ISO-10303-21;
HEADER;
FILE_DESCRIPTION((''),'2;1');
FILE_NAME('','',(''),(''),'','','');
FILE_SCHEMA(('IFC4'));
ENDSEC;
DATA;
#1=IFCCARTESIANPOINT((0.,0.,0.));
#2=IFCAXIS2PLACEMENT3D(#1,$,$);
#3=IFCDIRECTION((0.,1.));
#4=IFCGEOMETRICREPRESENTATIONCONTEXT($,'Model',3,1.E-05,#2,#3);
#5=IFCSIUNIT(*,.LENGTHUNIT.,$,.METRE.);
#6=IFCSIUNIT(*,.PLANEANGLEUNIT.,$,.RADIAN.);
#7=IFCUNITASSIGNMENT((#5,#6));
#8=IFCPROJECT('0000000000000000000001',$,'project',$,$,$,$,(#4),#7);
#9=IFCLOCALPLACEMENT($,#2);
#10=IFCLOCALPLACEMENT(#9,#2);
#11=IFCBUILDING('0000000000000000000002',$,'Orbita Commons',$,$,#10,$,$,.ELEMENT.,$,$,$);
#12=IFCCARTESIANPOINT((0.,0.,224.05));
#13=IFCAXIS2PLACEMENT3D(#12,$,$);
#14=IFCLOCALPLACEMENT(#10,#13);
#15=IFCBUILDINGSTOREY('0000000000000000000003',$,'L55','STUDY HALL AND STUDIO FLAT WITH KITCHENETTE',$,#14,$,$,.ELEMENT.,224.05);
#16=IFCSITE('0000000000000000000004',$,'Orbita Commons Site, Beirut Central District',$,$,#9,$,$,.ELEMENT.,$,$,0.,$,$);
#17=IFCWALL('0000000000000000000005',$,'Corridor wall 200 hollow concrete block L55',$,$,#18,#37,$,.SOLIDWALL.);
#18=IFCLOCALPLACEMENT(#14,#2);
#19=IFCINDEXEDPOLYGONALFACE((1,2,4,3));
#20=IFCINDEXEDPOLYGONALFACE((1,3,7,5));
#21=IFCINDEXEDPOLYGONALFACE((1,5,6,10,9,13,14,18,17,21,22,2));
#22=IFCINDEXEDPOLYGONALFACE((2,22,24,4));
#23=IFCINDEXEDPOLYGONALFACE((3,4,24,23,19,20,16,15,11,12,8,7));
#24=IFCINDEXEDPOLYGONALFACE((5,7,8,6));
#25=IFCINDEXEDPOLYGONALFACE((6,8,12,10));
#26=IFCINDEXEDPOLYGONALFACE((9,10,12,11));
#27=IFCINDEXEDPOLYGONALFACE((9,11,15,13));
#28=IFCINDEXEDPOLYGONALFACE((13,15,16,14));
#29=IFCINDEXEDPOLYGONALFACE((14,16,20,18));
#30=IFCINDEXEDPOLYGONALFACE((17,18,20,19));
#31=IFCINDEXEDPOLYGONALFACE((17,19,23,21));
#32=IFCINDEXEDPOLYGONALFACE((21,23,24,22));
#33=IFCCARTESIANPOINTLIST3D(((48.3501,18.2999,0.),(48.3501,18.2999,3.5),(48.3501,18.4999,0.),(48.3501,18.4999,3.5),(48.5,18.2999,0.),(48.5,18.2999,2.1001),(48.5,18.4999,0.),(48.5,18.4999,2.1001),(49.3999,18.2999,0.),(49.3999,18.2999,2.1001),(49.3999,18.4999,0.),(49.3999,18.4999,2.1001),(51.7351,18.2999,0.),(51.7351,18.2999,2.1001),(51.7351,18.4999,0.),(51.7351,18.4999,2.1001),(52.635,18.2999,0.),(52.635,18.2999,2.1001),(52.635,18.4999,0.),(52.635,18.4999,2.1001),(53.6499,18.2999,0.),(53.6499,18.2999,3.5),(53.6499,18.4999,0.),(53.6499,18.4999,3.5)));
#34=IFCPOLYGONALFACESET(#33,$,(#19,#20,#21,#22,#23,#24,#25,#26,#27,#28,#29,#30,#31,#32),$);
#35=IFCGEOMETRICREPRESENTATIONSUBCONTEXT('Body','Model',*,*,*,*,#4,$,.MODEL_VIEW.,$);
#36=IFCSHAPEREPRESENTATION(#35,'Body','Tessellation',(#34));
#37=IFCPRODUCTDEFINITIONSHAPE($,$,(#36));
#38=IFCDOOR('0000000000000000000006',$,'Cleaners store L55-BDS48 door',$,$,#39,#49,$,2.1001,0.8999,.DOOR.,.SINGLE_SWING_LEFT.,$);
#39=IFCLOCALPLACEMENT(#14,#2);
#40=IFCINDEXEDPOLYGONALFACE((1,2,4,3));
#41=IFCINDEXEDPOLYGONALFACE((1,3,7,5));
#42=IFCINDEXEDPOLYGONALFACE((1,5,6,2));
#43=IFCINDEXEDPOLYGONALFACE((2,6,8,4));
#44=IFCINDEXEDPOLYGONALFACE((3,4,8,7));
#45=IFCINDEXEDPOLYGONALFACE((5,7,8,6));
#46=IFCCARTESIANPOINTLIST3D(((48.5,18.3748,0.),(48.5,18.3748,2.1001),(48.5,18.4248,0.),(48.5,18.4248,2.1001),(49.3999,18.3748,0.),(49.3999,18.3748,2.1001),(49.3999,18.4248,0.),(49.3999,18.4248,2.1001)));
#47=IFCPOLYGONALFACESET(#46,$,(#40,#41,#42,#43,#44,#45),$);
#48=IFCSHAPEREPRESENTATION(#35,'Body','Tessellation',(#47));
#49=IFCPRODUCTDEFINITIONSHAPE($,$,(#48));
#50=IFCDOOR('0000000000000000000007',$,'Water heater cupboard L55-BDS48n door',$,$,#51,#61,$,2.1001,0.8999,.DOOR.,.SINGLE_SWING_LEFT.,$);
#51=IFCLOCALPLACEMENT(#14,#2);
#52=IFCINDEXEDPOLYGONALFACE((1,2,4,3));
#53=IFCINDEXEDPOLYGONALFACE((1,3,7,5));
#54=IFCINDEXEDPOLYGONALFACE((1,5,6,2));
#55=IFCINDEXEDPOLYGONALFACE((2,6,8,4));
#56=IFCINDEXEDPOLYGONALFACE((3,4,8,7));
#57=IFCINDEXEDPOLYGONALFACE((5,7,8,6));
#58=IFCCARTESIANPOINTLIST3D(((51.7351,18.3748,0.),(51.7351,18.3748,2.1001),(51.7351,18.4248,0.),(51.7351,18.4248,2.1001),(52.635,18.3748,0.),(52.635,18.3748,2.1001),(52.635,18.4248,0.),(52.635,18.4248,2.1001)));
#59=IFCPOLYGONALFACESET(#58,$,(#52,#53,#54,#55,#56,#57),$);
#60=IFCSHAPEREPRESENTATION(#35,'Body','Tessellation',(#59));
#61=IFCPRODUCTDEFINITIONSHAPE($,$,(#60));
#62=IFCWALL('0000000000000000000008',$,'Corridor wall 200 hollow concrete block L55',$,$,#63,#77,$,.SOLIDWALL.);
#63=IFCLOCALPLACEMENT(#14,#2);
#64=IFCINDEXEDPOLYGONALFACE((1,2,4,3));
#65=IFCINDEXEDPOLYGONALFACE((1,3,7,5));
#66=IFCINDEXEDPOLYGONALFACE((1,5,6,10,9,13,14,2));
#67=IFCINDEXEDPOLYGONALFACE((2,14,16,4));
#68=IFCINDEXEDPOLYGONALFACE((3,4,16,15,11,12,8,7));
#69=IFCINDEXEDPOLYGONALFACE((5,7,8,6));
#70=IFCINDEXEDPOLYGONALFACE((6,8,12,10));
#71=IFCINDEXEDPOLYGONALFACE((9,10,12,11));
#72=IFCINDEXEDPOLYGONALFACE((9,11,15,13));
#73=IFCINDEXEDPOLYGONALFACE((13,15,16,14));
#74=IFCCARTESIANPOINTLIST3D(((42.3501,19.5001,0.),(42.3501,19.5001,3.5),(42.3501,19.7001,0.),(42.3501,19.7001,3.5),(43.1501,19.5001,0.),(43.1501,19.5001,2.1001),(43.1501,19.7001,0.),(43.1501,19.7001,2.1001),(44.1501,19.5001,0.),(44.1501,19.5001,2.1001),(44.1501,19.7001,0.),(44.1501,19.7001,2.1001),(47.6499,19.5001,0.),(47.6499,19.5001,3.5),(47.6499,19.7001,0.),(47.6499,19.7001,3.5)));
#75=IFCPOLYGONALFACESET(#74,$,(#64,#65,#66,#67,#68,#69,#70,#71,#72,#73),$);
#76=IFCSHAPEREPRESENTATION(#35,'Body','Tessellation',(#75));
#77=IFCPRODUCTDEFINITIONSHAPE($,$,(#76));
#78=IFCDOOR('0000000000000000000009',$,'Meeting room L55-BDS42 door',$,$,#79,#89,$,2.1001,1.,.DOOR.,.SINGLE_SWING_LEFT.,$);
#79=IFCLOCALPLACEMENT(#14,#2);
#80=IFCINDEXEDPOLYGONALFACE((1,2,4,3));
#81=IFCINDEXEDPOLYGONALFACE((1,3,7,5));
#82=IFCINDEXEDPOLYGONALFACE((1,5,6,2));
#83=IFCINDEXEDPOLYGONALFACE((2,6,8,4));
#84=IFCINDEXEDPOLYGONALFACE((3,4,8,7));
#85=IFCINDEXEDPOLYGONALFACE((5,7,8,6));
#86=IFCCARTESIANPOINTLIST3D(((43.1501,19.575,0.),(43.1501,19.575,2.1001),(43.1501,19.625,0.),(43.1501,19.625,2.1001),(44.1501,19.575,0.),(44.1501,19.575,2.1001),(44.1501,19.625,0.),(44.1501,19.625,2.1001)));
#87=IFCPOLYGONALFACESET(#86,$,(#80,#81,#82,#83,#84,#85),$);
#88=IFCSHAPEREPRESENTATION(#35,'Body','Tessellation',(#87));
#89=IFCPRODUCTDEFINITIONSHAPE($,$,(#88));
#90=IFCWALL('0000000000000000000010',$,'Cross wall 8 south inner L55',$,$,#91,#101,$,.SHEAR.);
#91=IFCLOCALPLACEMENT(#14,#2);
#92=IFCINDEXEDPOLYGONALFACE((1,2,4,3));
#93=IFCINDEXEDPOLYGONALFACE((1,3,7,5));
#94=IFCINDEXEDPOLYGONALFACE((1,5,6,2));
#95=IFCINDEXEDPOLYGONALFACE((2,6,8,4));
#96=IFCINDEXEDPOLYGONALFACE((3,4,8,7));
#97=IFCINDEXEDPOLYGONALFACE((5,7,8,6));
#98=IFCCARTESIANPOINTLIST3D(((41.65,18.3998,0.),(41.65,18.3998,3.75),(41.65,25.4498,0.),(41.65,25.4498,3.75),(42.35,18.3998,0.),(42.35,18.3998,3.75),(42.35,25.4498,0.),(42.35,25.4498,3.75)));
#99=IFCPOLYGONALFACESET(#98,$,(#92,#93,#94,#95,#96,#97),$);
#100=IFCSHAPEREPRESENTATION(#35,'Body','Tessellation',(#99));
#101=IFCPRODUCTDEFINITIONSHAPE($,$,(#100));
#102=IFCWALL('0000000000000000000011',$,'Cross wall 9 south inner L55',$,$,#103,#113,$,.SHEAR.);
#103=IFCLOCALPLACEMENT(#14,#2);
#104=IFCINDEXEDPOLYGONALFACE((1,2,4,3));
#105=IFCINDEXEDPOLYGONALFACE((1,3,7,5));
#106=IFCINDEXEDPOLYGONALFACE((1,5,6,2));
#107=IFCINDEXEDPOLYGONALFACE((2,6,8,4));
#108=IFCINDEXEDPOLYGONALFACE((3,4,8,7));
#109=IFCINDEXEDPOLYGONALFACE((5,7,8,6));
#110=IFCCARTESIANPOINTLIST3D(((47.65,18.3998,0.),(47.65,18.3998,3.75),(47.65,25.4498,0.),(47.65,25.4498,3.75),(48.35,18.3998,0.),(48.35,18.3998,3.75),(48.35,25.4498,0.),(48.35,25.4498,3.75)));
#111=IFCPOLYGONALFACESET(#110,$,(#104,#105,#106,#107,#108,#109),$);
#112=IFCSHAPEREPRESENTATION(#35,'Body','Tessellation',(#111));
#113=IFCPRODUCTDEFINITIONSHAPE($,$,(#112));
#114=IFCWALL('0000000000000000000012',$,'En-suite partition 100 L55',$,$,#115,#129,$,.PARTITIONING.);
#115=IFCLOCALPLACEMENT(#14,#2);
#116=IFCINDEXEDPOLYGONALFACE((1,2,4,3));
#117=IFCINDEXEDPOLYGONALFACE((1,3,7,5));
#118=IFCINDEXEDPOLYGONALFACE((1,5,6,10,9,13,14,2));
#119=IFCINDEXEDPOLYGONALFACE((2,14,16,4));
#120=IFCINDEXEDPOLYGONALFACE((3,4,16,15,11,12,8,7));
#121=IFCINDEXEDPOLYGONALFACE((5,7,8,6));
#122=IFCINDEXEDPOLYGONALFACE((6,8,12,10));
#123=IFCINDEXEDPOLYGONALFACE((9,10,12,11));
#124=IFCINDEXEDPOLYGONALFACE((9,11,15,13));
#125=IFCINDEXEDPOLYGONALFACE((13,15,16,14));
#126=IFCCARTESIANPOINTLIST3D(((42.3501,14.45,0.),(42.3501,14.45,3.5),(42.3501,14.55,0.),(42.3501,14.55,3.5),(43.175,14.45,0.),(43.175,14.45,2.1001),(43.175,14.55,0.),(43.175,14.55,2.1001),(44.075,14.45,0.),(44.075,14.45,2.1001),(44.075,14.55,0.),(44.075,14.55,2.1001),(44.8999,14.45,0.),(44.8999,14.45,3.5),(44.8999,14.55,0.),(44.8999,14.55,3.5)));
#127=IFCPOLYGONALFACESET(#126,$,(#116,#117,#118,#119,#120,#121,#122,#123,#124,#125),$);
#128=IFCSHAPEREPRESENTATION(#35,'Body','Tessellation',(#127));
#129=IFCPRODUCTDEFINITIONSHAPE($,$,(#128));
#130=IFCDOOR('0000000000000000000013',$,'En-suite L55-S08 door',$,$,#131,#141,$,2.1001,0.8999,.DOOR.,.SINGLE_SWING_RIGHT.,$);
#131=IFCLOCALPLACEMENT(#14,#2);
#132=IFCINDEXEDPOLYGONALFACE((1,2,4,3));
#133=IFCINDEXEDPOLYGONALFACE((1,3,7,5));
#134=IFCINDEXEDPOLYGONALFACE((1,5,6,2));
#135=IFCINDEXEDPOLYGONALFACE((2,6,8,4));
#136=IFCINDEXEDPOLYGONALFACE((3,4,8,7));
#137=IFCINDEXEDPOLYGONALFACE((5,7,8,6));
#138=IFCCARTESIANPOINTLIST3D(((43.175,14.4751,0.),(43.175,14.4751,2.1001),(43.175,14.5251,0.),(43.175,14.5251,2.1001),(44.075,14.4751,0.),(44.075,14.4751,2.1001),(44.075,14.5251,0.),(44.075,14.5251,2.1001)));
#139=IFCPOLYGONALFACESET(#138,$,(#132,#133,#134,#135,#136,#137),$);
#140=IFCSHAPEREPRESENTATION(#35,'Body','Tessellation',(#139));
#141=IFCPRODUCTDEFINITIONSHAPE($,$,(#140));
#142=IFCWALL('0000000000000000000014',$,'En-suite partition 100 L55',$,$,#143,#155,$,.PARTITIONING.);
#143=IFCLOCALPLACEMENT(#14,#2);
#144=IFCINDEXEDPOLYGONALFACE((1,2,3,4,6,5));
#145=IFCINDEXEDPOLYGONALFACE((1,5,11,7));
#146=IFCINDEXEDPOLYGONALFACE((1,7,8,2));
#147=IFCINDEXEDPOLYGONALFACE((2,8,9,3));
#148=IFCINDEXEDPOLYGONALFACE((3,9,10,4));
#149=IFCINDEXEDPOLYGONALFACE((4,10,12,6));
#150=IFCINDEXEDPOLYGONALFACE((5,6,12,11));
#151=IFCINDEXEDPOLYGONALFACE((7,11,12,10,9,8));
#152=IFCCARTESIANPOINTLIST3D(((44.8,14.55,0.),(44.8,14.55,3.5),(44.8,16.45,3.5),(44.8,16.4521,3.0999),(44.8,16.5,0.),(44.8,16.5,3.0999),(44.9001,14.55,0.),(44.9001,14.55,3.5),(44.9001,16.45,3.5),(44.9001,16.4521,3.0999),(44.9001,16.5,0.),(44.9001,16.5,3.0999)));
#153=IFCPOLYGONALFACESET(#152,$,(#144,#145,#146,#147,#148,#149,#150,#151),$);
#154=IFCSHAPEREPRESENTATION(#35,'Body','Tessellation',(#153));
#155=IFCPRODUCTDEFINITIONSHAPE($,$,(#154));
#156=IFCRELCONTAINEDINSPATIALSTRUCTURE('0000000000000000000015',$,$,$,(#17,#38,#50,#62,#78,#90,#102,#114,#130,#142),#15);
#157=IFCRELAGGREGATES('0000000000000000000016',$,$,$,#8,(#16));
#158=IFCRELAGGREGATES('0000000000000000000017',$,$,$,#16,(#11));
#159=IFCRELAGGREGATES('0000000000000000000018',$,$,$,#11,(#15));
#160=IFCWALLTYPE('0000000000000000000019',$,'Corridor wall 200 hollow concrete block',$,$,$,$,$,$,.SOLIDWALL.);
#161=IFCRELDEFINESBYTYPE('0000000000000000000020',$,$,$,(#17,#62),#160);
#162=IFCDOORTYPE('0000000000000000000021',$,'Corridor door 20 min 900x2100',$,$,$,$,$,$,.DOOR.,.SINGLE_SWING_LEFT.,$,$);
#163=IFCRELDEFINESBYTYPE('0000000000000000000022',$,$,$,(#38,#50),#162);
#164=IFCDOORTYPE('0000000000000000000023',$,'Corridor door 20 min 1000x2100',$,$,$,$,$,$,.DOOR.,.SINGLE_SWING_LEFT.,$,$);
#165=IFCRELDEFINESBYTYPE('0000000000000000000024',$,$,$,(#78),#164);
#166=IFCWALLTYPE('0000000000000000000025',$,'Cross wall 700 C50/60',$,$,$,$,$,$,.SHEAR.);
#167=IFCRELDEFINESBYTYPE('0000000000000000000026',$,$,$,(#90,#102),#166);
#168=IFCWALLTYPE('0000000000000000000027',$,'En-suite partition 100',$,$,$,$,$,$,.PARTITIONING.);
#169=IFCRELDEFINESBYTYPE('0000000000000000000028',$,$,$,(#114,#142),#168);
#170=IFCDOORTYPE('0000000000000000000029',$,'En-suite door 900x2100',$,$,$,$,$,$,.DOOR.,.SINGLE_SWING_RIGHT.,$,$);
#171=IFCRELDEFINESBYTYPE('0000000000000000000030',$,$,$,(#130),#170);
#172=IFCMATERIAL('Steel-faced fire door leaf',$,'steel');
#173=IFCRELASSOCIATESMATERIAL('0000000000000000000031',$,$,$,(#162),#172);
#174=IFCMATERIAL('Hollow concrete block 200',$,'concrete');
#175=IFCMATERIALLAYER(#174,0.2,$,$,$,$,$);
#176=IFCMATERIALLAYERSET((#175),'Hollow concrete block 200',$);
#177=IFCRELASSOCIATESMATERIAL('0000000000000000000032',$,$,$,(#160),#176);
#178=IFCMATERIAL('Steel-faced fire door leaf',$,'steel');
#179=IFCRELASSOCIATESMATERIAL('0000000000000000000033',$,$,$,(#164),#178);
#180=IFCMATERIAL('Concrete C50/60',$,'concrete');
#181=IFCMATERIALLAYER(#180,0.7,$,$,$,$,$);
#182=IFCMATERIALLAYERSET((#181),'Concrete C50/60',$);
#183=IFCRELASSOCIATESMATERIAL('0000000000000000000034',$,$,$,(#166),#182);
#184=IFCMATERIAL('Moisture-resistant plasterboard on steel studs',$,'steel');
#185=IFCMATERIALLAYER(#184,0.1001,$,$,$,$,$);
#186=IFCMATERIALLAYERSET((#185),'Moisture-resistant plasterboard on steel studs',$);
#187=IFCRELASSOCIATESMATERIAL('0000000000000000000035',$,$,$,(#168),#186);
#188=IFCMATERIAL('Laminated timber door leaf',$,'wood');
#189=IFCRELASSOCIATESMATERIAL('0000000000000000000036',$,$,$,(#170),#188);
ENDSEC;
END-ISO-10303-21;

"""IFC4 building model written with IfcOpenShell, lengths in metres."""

from ifc_helpers import new_model, si_unit, direction, frame, frame_2d, origin, place, context, subcontext, project, spatial, polyline, rectangle, outline, extrude, material, layer, layer_set, type_object, element, fill, save


model = new_model("IFC4")

# Units and contexts
model_context = context("Model", 3, precision=1e-05, world=origin(), true_north=direction((0.0, 1.0)))
body_context = subcontext(model_context, "Body", "Model", "MODEL_VIEW")
ifc_project = project(units=[si_unit("LENGTHUNIT", "METRE"), si_unit("PLANEANGLEUNIT", "RADIAN")], contexts=[model_context])

# Site, building, storey
site_placement = place(None, origin())
site = spatial("IfcSite", under=ifc_project, at=site_placement, Name="Orbita Commons Site, Beirut Central District", CompositionType="ELEMENT", RefElevation=0.0)
building_placement = place(site_placement, origin())
building = spatial("IfcBuilding", under=site, at=building_placement, Name="Orbita Commons", CompositionType="ELEMENT")
storey_placement = place(building_placement, frame((0.0, 0.0, 224.05)))
storey = spatial("IfcBuildingStorey", under=building, at=storey_placement, Name="L55", Description="STUDY HALL AND STUDIO FLAT WITH KITCHENETTE", CompositionType="ELEMENT", Elevation=224.05)

# Shared definitions
ifc_material_1 = material(Name="Steel-faced fire door leaf", Category="steel")
door_type_1 = type_object("IfcDoorType", Name="Corridor door 20 min 900x2100", OperationType="SINGLE_SWING_LEFT", PredefinedType="DOOR", material=ifc_material_1)

# Wall, openings, doors
ifc_material_2 = material(Name="Hollow concrete block 200", Category="concrete")
ifc_layer_1 = layer(ifc_material_2, 0.2)
ifc_layer_set_1 = layer_set([ifc_layer_1], Name="Hollow concrete block 200")
wall_type_1 = type_object("IfcWallType", Name="Corridor wall 200 hollow concrete block", PredefinedType="SOLIDWALL", material=ifc_layer_set_1)
wall_1_placement = place(storey_placement, frame((48.3501, 18.3999, 0.0), z_axis=(0.0, 0.0, 1.0), x_axis=(1.0, 0.0, 0.0)))
wall_1 = element("IfcWall", 1, at=wall_1_placement, inside=storey, type_object=wall_type_1, Name="Corridor wall 200 hollow concrete block L55", PredefinedType="SOLIDWALL", context=body_context, shape_type="SweptSolid", body=[
    extrude(rectangle(XDim=5.2998, YDim=0.2, at=frame_2d((2.6499, 0.0))), origin(), (0.0, 0.0, 1.0), 3.5),
])
opening_1_placement = place(wall_1_placement, frame((0.1499, 0.0, 0.0)))
opening_1 = element("IfcOpeningElement", 2, at=opening_1_placement, cuts=wall_1, PredefinedType="OPENING", context=body_context, shape_type="SweptSolid", body=[
    extrude(rectangle(XDim=0.8999, YDim=2.1001, at=frame_2d((0.45, 1.05))), frame((0.0, 0.1099, 0.0), z_axis=(0.0, -1.0, 0.0), x_axis=(1.0, 0.0, 0.0)), (0.0, 0.0, 1.0), 0.22),
])
opening_2_placement = place(wall_1_placement, frame((3.385, 0.0, 0.0)))
opening_2 = element("IfcOpeningElement", 3, at=opening_2_placement, cuts=wall_1, PredefinedType="OPENING", context=body_context, shape_type="SweptSolid", body=[
    extrude(rectangle(XDim=0.8999, YDim=2.1001, at=frame_2d((0.45, 1.05))), frame((0.0, 0.1099, 0.0), z_axis=(0.0, -1.0, 0.0), x_axis=(1.0, 0.0, 0.0)), (0.0, 0.0, 1.0), 0.22),
])
door_1_placement = place(opening_1_placement, origin())
door_1 = element("IfcDoor", 4, at=door_1_placement, inside=storey, type_object=door_type_1, Name="Cleaners store L55-BDS48 door", OperationType="SINGLE_SWING_LEFT", OverallHeight=2.1001, OverallWidth=0.8999, PredefinedType="DOOR", context=body_context, shape_type="SweptSolid", body=[
    extrude(rectangle(XDim=0.8999, YDim=2.1001, at=frame_2d((0.45, 1.05))), frame((0.0, 0.0249, 0.0), z_axis=(0.0, -1.0, 0.0), x_axis=(1.0, 0.0, 0.0)), (0.0, 0.0, 1.0), 0.05),
])
fill(opening_1, door_1)
door_2_placement = place(opening_2_placement, origin())
door_2 = element("IfcDoor", 5, at=door_2_placement, inside=storey, type_object=door_type_1, Name="Water heater cupboard L55-BDS48n door", OperationType="SINGLE_SWING_LEFT", OverallHeight=2.1001, OverallWidth=0.8999, PredefinedType="DOOR", context=body_context, shape_type="SweptSolid", body=[
    extrude(rectangle(XDim=0.8999, YDim=2.1001, at=frame_2d((0.45, 1.05))), frame((0.0, 0.0249, 0.0), z_axis=(0.0, -1.0, 0.0), x_axis=(1.0, 0.0, 0.0)), (0.0, 0.0, 1.0), 0.05),
])
fill(opening_2, door_2)

# Wall, opening, door
wall_2_placement = place(storey_placement, frame((42.3501, 19.6001, 0.0), z_axis=(0.0, 0.0, 1.0), x_axis=(1.0, 0.0, 0.0)))
wall_2 = element("IfcWall", 6, at=wall_2_placement, inside=storey, type_object=wall_type_1, Name="Corridor wall 200 hollow concrete block L55", PredefinedType="SOLIDWALL", context=body_context, shape_type="SweptSolid", body=[
    extrude(rectangle(XDim=5.2998, YDim=0.2, at=frame_2d((2.6499, 0.0))), origin(), (0.0, 0.0, 1.0), 3.5),
])
opening_3_placement = place(wall_2_placement, frame((0.8, 0.0, 0.0)))
opening_3 = element("IfcOpeningElement", 7, at=opening_3_placement, cuts=wall_2, PredefinedType="OPENING", context=body_context, shape_type="SweptSolid", body=[
    extrude(rectangle(XDim=1.0, YDim=2.1001, at=frame_2d((0.5, 1.05))), frame((0.0, 0.1099, 0.0), z_axis=(0.0, -1.0, 0.0), x_axis=(1.0, 0.0, 0.0)), (0.0, 0.0, 1.0), 0.22),
])
ifc_material_3 = material(Name="Steel-faced fire door leaf", Category="steel")
door_type_2 = type_object("IfcDoorType", Name="Corridor door 20 min 1000x2100", OperationType="SINGLE_SWING_LEFT", PredefinedType="DOOR", material=ifc_material_3)
door_3_placement = place(opening_3_placement, origin())
door_3 = element("IfcDoor", 8, at=door_3_placement, inside=storey, type_object=door_type_2, Name="Meeting room L55-BDS42 door", OperationType="SINGLE_SWING_LEFT", OverallHeight=2.1001, OverallWidth=1.0, PredefinedType="DOOR", context=body_context, shape_type="SweptSolid", body=[
    extrude(rectangle(XDim=1.0, YDim=2.1001, at=frame_2d((0.5, 1.05))), frame((0.0, 0.0249, 0.0), z_axis=(0.0, -1.0, 0.0), x_axis=(1.0, 0.0, 0.0)), (0.0, 0.0, 1.0), 0.05),
])
fill(opening_3, door_3)

# Walls
ifc_material_4 = material(Name="Concrete C50/60", Category="concrete")
ifc_layer_2 = layer(ifc_material_4, 0.7)
ifc_layer_set_2 = layer_set([ifc_layer_2], Name="Concrete C50/60")
wall_type_2 = type_object("IfcWallType", Name="Cross wall 700 C50/60", PredefinedType="SHEAR", material=ifc_layer_set_2)
for number, where, z_axis, x_axis, name in (
    (9, (42.0, 18.3999, 0.0), (0.0, 0.0, 1.0), (0.0, 1.0, 0.0), "Cross wall 8 south inner L55"),
    (10, (48.0, 18.3999, 0.0), (0.0, 0.0, 1.0), (0.0, 1.0, 0.0), "Cross wall 9 south inner L55"),
):
    element("IfcWall", number, at=place(storey_placement, frame(where, z_axis=z_axis, x_axis=x_axis)), inside=storey, type_object=wall_type_2, Name=name, PredefinedType="SHEAR", context=body_context, shape_type="SweptSolid", body=[
        extrude(rectangle(XDim=7.05, YDim=0.7, at=frame_2d((3.5249, 0.0))), origin(), (0.0, 0.0, 1.0), 3.75),
    ])

# Wall, opening, door
ifc_material_5 = material(Name="Moisture-resistant plasterboard on steel studs", Category="steel")
ifc_layer_3 = layer(ifc_material_5, 0.1001)
ifc_layer_set_3 = layer_set([ifc_layer_3], Name="Moisture-resistant plasterboard on steel studs")
wall_type_3 = type_object("IfcWallType", Name="En-suite partition 100", PredefinedType="PARTITIONING", material=ifc_layer_set_3)
wall_3_placement = place(storey_placement, frame((44.8999, 14.5, 0.0), z_axis=(0.0, 0.0, 1.0), x_axis=(-1.0, 0.0, 0.0)))
wall_3 = element("IfcWall", 11, at=wall_3_placement, inside=storey, type_object=wall_type_3, Name="En-suite partition 100 L55", PredefinedType="PARTITIONING", context=body_context, shape_type="SweptSolid", body=[
    extrude(rectangle(XDim=2.5498, YDim=0.1001, at=frame_2d((1.2749, 0.0))), origin(), (0.0, 0.0, 1.0), 3.5),
])
opening_4_placement = place(wall_3_placement, frame((0.825, 0.0, 0.0)))
opening_4 = element("IfcOpeningElement", 12, at=opening_4_placement, cuts=wall_3, PredefinedType="OPENING", context=body_context, shape_type="SweptSolid", body=[
    extrude(rectangle(XDim=0.8999, YDim=2.1001, at=frame_2d((0.45, 1.05))), frame((0.0, 0.0601, 0.0), z_axis=(0.0, -1.0, 0.0), x_axis=(1.0, 0.0, 0.0)), (0.0, 0.0, 1.0), 0.1201),
])
ifc_material_6 = material(Name="Laminated timber door leaf", Category="wood")
door_type_3 = type_object("IfcDoorType", Name="En-suite door 900x2100", OperationType="SINGLE_SWING_RIGHT", PredefinedType="DOOR", material=ifc_material_6)
door_4_placement = place(opening_4_placement, origin())
door_4 = element("IfcDoor", 13, at=door_4_placement, inside=storey, type_object=door_type_3, Name="En-suite L55-S08 door", OperationType="SINGLE_SWING_RIGHT", OverallHeight=2.1001, OverallWidth=0.8999, PredefinedType="DOOR", context=body_context, shape_type="SweptSolid", body=[
    extrude(rectangle(XDim=0.8999, YDim=2.1001, at=frame_2d((0.45, 1.05))), frame((0.0, 0.0249, 0.0), z_axis=(0.0, -1.0, 0.0), x_axis=(1.0, 0.0, 0.0)), (0.0, 0.0, 1.0), 0.05),
])
fill(opening_4, door_4)

# Wall
wall_4_placement = place(storey_placement, frame((44.8501, 14.55, 0.0), z_axis=(0.0, 0.0, 1.0), x_axis=(0.0, 1.0, 0.0)))
element("IfcWall", 14, at=wall_4_placement, inside=storey, type_object=wall_type_3, Name="En-suite partition 100 L55", PredefinedType="PARTITIONING", context=body_context, shape_type="SweptSolid", body=[
    extrude(outline(polyline([(0.0, 0.0), (1.95, 0.0), (1.95, 3.0999), (1.9021, 3.0999), (1.8999, 3.5), (0.0, 3.5), (0.0, 0.0)])), frame((0.0, 0.05, 0.0), z_axis=(0.0, -1.0, 0.0), x_axis=(1.0, 0.0, 0.0)), (0.0, 0.0, 1.0), 0.1001),
])

save(model, "model.ifc")
